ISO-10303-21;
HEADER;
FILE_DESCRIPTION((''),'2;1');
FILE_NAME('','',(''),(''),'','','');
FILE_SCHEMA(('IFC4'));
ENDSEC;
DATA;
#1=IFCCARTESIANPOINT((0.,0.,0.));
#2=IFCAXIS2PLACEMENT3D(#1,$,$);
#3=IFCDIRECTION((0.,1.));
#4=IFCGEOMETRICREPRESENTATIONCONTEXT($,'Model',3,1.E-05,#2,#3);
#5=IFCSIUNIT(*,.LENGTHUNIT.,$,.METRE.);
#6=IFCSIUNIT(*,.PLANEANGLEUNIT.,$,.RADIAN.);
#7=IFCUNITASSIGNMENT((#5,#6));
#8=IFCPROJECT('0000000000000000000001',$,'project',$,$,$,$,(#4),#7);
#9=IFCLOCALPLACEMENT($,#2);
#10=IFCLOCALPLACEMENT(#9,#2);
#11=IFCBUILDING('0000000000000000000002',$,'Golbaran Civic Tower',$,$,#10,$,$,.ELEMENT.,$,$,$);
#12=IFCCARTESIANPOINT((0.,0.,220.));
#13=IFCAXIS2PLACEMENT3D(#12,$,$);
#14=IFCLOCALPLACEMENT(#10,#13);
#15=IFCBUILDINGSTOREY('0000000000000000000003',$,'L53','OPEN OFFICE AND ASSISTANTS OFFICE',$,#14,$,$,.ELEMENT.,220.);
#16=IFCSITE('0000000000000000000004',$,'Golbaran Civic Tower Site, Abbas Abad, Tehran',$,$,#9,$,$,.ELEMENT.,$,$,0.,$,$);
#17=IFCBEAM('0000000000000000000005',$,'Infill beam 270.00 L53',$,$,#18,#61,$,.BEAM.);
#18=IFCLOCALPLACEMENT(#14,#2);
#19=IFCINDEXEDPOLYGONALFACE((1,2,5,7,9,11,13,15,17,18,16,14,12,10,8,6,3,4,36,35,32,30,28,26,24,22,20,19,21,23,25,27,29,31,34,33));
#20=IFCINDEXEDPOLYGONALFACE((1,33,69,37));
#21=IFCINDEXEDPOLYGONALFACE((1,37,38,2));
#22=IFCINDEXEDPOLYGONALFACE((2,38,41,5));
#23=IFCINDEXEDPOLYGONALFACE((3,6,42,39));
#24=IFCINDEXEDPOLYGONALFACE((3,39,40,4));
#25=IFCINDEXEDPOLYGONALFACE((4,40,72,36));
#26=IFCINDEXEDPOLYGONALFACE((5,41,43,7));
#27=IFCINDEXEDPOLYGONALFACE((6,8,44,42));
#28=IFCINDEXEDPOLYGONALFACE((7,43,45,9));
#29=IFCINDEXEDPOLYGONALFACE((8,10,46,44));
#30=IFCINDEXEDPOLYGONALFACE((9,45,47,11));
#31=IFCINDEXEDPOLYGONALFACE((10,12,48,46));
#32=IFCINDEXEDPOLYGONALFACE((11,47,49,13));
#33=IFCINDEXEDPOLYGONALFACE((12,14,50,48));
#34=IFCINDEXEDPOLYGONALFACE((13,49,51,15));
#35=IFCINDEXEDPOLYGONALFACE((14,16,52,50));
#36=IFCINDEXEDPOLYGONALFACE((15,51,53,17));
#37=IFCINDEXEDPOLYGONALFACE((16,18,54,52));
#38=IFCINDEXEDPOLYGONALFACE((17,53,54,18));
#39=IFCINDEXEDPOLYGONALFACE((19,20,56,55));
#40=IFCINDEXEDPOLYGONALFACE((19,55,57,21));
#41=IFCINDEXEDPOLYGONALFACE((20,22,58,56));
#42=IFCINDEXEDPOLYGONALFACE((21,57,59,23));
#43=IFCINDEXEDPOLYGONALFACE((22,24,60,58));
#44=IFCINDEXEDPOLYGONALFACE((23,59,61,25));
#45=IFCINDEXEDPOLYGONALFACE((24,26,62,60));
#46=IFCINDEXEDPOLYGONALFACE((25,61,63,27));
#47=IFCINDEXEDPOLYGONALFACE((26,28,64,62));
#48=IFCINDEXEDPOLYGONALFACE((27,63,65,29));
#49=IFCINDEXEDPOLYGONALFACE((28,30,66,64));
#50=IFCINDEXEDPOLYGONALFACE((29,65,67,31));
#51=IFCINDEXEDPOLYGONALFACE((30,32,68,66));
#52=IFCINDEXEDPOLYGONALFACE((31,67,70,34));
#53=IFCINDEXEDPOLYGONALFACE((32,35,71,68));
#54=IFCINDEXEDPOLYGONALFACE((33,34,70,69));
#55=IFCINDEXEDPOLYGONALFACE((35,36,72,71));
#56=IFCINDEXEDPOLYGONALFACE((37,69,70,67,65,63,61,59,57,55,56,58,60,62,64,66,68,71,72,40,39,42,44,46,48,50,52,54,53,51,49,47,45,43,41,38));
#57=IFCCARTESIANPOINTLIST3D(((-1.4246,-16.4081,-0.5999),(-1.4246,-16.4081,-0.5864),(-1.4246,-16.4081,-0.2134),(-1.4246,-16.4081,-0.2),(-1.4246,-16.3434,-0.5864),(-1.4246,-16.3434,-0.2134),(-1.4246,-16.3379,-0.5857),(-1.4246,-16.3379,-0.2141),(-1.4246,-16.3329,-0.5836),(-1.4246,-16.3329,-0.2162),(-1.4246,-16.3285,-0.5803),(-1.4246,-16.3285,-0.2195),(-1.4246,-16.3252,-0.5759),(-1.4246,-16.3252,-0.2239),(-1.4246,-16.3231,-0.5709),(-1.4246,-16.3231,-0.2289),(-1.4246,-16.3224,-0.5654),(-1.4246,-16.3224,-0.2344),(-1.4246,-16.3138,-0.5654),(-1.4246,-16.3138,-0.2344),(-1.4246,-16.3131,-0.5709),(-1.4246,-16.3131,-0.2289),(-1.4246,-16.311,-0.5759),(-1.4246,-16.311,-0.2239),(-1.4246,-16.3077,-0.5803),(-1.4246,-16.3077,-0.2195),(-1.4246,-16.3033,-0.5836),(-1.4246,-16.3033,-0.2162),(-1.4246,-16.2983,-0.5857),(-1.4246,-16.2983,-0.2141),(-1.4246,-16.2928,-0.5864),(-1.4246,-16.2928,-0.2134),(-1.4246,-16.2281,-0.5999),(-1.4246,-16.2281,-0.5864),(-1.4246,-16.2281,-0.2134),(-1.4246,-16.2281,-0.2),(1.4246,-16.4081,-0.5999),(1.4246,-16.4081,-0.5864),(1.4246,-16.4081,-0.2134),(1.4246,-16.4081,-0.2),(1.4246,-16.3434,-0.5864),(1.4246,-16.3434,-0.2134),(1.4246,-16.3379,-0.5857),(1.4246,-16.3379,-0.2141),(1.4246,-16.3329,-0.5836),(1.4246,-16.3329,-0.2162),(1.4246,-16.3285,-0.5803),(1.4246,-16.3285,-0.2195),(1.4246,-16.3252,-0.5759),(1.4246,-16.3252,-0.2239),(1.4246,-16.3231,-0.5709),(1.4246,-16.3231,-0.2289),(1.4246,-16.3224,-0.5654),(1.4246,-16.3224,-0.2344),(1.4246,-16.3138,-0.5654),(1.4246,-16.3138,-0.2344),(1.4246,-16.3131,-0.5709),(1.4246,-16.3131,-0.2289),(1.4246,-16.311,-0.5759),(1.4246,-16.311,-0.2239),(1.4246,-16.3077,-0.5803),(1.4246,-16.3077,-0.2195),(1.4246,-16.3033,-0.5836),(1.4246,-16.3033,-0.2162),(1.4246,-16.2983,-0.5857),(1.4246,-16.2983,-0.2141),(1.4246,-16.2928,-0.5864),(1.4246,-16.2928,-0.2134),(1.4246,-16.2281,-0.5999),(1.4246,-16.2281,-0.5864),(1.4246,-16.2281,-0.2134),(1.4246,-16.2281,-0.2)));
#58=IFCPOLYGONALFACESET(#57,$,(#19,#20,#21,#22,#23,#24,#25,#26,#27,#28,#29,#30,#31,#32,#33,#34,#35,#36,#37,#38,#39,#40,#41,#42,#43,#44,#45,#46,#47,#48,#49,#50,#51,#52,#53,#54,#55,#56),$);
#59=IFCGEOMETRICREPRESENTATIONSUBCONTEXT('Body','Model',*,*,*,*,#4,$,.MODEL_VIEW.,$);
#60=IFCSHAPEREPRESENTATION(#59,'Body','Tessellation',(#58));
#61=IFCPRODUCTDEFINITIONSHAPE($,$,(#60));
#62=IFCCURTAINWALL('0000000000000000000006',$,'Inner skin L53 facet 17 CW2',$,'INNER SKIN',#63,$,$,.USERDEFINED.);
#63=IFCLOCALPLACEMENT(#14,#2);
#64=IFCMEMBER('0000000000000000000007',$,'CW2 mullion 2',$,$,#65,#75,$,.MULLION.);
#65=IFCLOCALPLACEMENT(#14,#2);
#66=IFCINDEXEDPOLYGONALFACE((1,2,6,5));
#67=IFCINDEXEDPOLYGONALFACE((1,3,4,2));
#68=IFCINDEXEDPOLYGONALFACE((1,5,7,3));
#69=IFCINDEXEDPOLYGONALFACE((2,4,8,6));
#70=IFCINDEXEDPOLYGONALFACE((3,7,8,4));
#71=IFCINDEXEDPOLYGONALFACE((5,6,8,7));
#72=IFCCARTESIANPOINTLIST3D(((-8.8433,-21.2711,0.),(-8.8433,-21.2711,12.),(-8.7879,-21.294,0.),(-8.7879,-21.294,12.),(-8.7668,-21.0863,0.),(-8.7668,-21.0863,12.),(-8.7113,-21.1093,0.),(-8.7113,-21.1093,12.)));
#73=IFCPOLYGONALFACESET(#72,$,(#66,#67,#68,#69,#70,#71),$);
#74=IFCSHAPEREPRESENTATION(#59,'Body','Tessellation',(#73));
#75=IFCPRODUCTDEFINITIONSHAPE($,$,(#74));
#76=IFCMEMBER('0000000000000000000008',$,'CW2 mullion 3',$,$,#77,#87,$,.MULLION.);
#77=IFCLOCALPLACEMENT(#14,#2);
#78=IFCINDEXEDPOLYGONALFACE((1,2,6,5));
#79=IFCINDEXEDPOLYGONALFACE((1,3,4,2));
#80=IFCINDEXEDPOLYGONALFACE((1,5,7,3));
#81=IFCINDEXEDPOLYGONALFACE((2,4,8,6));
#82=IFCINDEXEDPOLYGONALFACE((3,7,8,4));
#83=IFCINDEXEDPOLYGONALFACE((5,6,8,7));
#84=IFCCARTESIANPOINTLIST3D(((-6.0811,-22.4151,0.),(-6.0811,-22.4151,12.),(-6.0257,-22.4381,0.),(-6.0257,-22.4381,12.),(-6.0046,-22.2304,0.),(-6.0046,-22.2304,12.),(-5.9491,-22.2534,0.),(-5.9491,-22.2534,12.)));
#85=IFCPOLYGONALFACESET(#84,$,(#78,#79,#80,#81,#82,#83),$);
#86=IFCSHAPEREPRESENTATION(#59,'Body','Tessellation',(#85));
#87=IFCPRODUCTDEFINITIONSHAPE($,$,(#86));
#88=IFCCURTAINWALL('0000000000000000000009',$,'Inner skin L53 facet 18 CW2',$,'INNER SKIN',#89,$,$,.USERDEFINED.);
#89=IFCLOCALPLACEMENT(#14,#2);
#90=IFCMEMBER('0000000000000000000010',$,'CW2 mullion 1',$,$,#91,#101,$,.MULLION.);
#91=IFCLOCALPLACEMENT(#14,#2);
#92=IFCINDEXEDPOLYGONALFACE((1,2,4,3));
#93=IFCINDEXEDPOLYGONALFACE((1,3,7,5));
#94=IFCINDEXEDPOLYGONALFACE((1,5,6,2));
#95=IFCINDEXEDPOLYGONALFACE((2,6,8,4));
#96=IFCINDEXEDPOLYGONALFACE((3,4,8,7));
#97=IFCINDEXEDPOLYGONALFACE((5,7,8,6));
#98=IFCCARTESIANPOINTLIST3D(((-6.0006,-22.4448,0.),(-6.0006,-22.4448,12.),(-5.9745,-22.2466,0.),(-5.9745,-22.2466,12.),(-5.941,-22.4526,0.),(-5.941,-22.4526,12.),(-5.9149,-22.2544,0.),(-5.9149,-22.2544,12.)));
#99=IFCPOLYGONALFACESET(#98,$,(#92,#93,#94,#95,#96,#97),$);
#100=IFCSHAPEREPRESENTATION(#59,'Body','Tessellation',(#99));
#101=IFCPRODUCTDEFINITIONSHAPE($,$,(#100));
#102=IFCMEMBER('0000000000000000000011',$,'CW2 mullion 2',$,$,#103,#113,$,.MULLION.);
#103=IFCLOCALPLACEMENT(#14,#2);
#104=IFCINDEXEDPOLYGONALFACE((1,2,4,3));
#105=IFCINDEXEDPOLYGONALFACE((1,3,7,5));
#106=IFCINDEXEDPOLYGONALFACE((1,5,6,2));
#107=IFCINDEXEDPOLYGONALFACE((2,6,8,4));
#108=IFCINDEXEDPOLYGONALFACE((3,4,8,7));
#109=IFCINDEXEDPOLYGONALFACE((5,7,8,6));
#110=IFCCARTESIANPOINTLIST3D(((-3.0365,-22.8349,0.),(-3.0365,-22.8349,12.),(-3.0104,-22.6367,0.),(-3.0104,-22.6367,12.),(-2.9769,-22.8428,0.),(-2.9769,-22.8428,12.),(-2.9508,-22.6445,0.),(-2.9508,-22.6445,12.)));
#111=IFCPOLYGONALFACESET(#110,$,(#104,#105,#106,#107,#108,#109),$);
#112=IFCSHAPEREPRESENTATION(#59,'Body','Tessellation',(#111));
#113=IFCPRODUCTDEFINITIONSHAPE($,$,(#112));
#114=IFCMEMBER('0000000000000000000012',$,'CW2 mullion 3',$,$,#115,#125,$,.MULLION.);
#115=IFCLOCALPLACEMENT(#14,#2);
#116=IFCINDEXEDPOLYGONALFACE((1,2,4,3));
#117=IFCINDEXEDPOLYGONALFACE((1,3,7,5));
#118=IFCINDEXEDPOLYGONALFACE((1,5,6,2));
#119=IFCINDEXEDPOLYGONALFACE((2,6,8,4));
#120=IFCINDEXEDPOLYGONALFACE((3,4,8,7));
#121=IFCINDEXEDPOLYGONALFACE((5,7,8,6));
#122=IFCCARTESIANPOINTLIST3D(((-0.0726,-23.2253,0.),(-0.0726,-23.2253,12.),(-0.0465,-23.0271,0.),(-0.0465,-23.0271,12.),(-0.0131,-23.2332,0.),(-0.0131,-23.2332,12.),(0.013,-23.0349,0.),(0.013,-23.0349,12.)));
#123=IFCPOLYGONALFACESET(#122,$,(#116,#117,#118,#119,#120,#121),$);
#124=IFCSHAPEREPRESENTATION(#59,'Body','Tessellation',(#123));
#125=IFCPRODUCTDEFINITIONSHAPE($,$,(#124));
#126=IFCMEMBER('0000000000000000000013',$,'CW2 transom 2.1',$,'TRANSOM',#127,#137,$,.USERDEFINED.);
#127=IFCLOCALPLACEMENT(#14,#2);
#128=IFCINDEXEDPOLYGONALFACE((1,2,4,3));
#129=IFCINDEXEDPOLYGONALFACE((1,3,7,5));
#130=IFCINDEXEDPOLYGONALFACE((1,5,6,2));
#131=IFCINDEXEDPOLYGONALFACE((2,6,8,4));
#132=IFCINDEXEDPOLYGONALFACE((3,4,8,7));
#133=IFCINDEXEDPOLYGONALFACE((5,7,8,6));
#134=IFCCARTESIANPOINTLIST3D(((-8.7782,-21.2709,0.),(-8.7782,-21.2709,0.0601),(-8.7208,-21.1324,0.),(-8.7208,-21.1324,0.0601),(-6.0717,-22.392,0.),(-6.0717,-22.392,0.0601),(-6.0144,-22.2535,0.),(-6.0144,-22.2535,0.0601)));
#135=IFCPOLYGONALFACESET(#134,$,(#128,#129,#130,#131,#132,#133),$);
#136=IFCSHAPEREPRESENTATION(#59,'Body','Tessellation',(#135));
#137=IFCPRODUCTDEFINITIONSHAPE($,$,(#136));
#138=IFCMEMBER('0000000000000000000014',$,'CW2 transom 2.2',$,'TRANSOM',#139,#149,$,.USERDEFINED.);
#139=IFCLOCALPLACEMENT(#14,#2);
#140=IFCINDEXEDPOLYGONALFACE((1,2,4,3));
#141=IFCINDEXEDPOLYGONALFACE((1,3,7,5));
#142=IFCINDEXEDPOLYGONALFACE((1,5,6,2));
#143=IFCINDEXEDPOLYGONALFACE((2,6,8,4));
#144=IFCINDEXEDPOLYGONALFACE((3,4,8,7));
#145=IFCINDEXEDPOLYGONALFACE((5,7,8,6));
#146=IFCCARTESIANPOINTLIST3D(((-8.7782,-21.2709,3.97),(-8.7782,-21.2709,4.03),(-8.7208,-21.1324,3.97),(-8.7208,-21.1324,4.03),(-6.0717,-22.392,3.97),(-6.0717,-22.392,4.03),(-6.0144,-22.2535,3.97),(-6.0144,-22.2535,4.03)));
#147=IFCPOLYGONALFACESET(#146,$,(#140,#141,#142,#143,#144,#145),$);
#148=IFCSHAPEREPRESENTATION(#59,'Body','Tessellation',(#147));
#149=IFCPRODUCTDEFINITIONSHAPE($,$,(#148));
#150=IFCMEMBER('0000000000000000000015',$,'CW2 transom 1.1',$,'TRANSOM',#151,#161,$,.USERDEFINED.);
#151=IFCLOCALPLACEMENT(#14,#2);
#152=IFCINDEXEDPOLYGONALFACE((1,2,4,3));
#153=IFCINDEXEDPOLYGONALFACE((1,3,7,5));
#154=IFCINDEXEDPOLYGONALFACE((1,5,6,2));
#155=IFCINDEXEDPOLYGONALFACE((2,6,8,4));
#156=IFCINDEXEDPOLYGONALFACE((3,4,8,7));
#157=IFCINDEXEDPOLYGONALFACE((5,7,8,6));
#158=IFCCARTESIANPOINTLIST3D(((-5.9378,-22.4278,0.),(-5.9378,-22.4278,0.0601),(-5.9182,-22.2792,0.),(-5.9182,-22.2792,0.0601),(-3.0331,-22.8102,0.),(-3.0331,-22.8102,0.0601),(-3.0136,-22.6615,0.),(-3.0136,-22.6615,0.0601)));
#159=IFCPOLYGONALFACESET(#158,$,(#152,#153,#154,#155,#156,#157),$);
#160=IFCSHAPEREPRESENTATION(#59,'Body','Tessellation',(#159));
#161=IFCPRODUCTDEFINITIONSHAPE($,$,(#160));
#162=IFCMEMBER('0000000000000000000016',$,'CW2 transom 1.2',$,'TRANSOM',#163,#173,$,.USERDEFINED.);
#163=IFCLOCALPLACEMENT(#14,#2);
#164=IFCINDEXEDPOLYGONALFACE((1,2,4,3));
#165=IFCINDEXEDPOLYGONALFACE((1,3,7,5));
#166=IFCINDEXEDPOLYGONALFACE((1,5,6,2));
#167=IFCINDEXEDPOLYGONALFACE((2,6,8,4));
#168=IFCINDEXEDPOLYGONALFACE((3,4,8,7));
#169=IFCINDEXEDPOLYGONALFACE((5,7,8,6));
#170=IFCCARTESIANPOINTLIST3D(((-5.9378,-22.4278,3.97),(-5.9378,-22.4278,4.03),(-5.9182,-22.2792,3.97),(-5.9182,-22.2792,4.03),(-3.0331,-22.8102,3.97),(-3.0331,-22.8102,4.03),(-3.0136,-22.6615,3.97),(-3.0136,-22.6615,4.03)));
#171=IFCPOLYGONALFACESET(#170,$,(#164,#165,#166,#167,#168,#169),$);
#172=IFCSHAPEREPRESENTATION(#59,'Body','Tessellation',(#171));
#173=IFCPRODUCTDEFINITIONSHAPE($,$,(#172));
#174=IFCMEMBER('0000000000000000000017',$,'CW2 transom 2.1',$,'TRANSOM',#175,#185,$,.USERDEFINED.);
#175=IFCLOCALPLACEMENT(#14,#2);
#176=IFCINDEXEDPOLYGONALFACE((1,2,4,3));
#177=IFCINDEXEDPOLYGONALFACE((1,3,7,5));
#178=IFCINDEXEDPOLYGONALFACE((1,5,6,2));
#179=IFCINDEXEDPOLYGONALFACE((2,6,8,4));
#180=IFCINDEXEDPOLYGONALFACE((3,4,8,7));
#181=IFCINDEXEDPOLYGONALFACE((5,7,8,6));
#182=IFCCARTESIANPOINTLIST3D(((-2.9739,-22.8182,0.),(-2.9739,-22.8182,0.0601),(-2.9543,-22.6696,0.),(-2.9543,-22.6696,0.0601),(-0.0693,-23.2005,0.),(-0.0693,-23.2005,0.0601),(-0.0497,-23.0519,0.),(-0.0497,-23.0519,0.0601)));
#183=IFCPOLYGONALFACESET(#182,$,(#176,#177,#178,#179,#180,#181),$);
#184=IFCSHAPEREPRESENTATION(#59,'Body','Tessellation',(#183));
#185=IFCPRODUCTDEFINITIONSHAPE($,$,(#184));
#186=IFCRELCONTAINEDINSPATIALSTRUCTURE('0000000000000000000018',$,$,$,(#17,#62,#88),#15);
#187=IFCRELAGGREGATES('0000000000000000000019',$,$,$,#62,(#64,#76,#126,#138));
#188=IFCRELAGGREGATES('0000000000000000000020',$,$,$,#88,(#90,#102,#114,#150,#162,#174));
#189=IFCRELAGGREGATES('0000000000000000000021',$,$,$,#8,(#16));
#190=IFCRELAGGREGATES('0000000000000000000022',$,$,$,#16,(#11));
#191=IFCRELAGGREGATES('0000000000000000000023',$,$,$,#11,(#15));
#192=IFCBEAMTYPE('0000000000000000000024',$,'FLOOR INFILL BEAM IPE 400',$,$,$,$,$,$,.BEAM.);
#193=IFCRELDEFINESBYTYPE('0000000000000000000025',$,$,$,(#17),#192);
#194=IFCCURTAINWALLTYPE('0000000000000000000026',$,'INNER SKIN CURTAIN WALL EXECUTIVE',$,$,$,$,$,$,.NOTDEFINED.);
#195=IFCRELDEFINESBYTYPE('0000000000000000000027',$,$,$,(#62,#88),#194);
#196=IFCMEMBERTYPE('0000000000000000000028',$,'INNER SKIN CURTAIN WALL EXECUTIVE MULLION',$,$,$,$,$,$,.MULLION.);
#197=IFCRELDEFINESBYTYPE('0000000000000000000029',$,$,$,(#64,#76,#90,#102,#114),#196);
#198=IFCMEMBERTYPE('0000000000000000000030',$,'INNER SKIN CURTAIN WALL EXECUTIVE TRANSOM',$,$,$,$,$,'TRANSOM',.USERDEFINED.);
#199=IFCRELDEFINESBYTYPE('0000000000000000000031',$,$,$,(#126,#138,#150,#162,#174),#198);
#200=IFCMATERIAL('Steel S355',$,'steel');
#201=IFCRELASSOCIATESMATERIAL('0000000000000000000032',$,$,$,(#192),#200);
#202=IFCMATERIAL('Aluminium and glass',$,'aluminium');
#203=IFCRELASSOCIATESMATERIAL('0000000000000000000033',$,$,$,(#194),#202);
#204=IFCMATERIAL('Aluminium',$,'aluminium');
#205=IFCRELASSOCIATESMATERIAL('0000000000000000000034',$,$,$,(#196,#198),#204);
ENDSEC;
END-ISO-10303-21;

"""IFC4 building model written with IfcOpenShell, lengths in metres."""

from ifc_helpers import new_model, si_unit, direction, frame, origin, origin_2d, place, context, subcontext, project, spatial, rectangle, i_section, extrude, material, material_profile, profile_set, type_object, element, aggregate, save


model = new_model("IFC4")

# Units and contexts
model_context = context("Model", 3, precision=1e-05, world=origin(), true_north=direction((0.0, 1.0)))
body_context = subcontext(model_context, "Body", "Model", "MODEL_VIEW")
ifc_project = project(units=[si_unit("LENGTHUNIT", "METRE"), si_unit("PLANEANGLEUNIT", "RADIAN")], contexts=[model_context])

# Site, building, storey
site_placement = place(None, origin())
site = spatial("IfcSite", under=ifc_project, at=site_placement, Name="Golbaran Civic Tower Site, Abbas Abad, Tehran", CompositionType="ELEMENT", RefElevation=0.0)
building_placement = place(site_placement, origin())
building = spatial("IfcBuilding", under=site, at=building_placement, Name="Golbaran Civic Tower", CompositionType="ELEMENT")
storey_placement = place(building_placement, frame((0.0, 0.0, 220.0)))
storey = spatial("IfcBuildingStorey", under=building, at=storey_placement, Name="L53", Description="OPEN OFFICE AND ASSISTANTS OFFICE", CompositionType="ELEMENT", Elevation=220.0)

# Beam
ifc_material_1 = material(Name="Steel S355", Category="steel")
ifc_material_profile_1 = material_profile(ifc_material_1, i_section(OverallWidth=0.1799, OverallDepth=0.3999, WebThickness=0.0085, FlangeThickness=0.0134, FilletRadius=0.021, at=origin_2d()), Name="IPE 400")
ifc_profile_set_1 = profile_set([ifc_material_profile_1], Name="Steel S355")
beam_type_1 = type_object("IfcBeamType", Name="FLOOR INFILL BEAM IPE 400", PredefinedType="BEAM", material=ifc_profile_set_1)
beam_1_placement = place(storey_placement, frame((-1.4246, -16.3181, -0.3999), z_axis=(1.0, 0.0, 0.0), x_axis=(0.0, 1.0, 0.0)))
element("IfcBeam", 1, at=beam_1_placement, inside=storey, type_object=beam_type_1, Name="Infill beam 270.00 L53", PredefinedType="BEAM", context=body_context, shape_type="SweptSolid", body=[
    extrude(i_section(OverallWidth=0.1799, OverallDepth=0.3999, WebThickness=0.0085, FlangeThickness=0.0134, FilletRadius=0.021, at=origin_2d()), origin(), (0.0, 0.0, 1.0), 2.8491),
])

# Curtain walls, members
ifc_material_2 = material(Name="Aluminium and glass", Category="aluminium")
curtain_wall_type = type_object("IfcCurtainWallType", Name="INNER SKIN CURTAIN WALL EXECUTIVE", PredefinedType="NOTDEFINED", material=ifc_material_2)
curtain_wall_1_placement = place(storey_placement, origin())
curtain_wall_1 = element("IfcCurtainWall", 2, at=curtain_wall_1_placement, inside=storey, type_object=curtain_wall_type, Name="Inner skin L53 facet 17 CW2", ObjectType="INNER SKIN", PredefinedType="USERDEFINED")
ifc_material_3 = material(Name="Aluminium", Category="aluminium")
ifc_material_profile_2 = material_profile(ifc_material_3, rectangle(XDim=0.2, YDim=0.0601, at=origin_2d()), Name="INNER SKIN CURTAIN WALL EXECUTIVE MULLION")
ifc_profile_set_2 = profile_set([ifc_material_profile_2], Name="Aluminium")
member_type_1 = type_object("IfcMemberType", Name="INNER SKIN CURTAIN WALL EXECUTIVE MULLION", PredefinedType="MULLION", material=ifc_profile_set_2)
member_1_placement = place(storey_placement, frame((-8.7773, -21.1902, 0.0), z_axis=(0.0, 0.0, 1.0), x_axis=(0.382683, 0.92388, 0.0)))
member_1 = element("IfcMember", 3, at=member_1_placement, type_object=member_type_1, Name="CW2 mullion 2", PredefinedType="MULLION", context=body_context, shape_type="SweptSolid", body=[
    extrude(rectangle(XDim=0.2, YDim=0.0601, at=origin_2d()), origin(), (0.0, 0.0, 1.0), 12.0),
])
member_2_placement = place(storey_placement, frame((-6.0151, -22.3342, 0.0), z_axis=(0.0, 0.0, 1.0), x_axis=(0.382683, 0.92388, 0.0)))
member_2 = element("IfcMember", 4, at=member_2_placement, type_object=member_type_1, Name="CW2 mullion 3", PredefinedType="MULLION", context=body_context, shape_type="SweptSolid", body=[
    extrude(rectangle(XDim=0.2, YDim=0.0601, at=origin_2d()), origin(), (0.0, 0.0, 1.0), 12.0),
])
curtain_wall_2_placement = place(storey_placement, origin())
curtain_wall_2 = element("IfcCurtainWall", 5, at=curtain_wall_2_placement, inside=storey, type_object=curtain_wall_type, Name="Inner skin L53 facet 18 CW2", ObjectType="INNER SKIN", PredefinedType="USERDEFINED")
member_3_placement = place(storey_placement, frame((-5.9578, -22.3496, 0.0), z_axis=(0.0, 0.0, 1.0), x_axis=(0.130526, 0.991445, 0.0)))
member_3 = element("IfcMember", 6, at=member_3_placement, type_object=member_type_1, Name="CW2 mullion 1", PredefinedType="MULLION", context=body_context, shape_type="SweptSolid", body=[
    extrude(rectangle(XDim=0.2, YDim=0.0601, at=origin_2d()), origin(), (0.0, 0.0, 1.0), 12.0),
])
member_4_placement = place(storey_placement, frame((-2.9937, -22.7397, 0.0), z_axis=(0.0, 0.0, 1.0), x_axis=(0.130526, 0.991445, 0.0)))
member_4 = element("IfcMember", 7, at=member_4_placement, type_object=member_type_1, Name="CW2 mullion 2", PredefinedType="MULLION", context=body_context, shape_type="SweptSolid", body=[
    extrude(rectangle(XDim=0.2, YDim=0.0601, at=origin_2d()), origin(), (0.0, 0.0, 1.0), 12.0),
])
member_5_placement = place(storey_placement, frame((-0.0298, -23.1301, 0.0), z_axis=(0.0, 0.0, 1.0), x_axis=(0.130526, 0.991445, 0.0)))
member_5 = element("IfcMember", 8, at=member_5_placement, type_object=member_type_1, Name="CW2 mullion 3", PredefinedType="MULLION", context=body_context, shape_type="SweptSolid", body=[
    extrude(rectangle(XDim=0.2, YDim=0.0601, at=origin_2d()), origin(), (0.0, 0.0, 1.0), 12.0),
])

# Members
ifc_material_profile_3 = material_profile(ifc_material_3, rectangle(XDim=0.1499, YDim=0.0601, at=origin_2d()), Name="INNER SKIN CURTAIN WALL EXECUTIVE TRANSOM")
ifc_profile_set_3 = profile_set([ifc_material_profile_3], Name="Aluminium")
member_type_2 = type_object("IfcMemberType", Name="INNER SKIN CURTAIN WALL EXECUTIVE TRANSOM", ElementType="TRANSOM", PredefinedType="USERDEFINED", material=ifc_profile_set_3)
member_6_placement = place(storey_placement, frame((-8.7495, -21.2017, 0.03), z_axis=(0.923879, -0.382685, 0.0), x_axis=(0.382685, 0.923879, 0.0)))
member_6 = element("IfcMember", 9, at=member_6_placement, type_object=member_type_2, Name="CW2 transom 2.1", ObjectType="TRANSOM", PredefinedType="USERDEFINED", context=body_context, shape_type="SweptSolid", body=[
    extrude(rectangle(XDim=0.1499, YDim=0.0601, at=origin_2d()), origin(), (0.0, 0.0, 1.0), 2.9294),
])
member_7_placement = place(storey_placement, frame((-8.7495, -21.2017, 4.0), z_axis=(0.923879, -0.382685, 0.0), x_axis=(0.382685, 0.923879, 0.0)))
member_7 = element("IfcMember", 10, at=member_7_placement, type_object=member_type_2, Name="CW2 transom 2.2", ObjectType="TRANSOM", PredefinedType="USERDEFINED", context=body_context, shape_type="SweptSolid", body=[
    extrude(rectangle(XDim=0.1499, YDim=0.0601, at=origin_2d()), origin(), (0.0, 0.0, 1.0), 2.9294),
])
member_8_placement = place(storey_placement, frame((-5.928, -22.3535, 0.03), z_axis=(0.991448, -0.130504, 0.0), x_axis=(0.130504, 0.991448, 0.0)))
member_8 = element("IfcMember", 11, at=member_8_placement, type_object=member_type_2, Name="CW2 transom 1.1", ObjectType="TRANSOM", PredefinedType="USERDEFINED", context=body_context, shape_type="SweptSolid", body=[
    extrude(rectangle(XDim=0.1499, YDim=0.0601, at=origin_2d()), origin(), (0.0, 0.0, 1.0), 2.9297),
])
member_9_placement = place(storey_placement, frame((-5.928, -22.3535, 4.0), z_axis=(0.991448, -0.130504, 0.0), x_axis=(0.130504, 0.991448, 0.0)))
member_9 = element("IfcMember", 12, at=member_9_placement, type_object=member_type_2, Name="CW2 transom 1.2", ObjectType="TRANSOM", PredefinedType="USERDEFINED", context=body_context, shape_type="SweptSolid", body=[
    extrude(rectangle(XDim=0.1499, YDim=0.0601, at=origin_2d()), origin(), (0.0, 0.0, 1.0), 2.9297),
])
member_10_placement = place(storey_placement, frame((-2.9641, -22.7439, 0.03), z_axis=(0.991448, -0.130504, 0.0), x_axis=(0.130504, 0.991448, 0.0)))
member_10 = element("IfcMember", 13, at=member_10_placement, type_object=member_type_2, Name="CW2 transom 2.1", ObjectType="TRANSOM", PredefinedType="USERDEFINED", context=body_context, shape_type="SweptSolid", body=[
    extrude(rectangle(XDim=0.1499, YDim=0.0601, at=origin_2d()), origin(), (0.0, 0.0, 1.0), 2.9297),
])

aggregate(curtain_wall_1, [member_1, member_2, member_6, member_7])
aggregate(curtain_wall_2, [member_3, member_4, member_5, member_8, member_9, member_10])

save(model, "model.ifc")
